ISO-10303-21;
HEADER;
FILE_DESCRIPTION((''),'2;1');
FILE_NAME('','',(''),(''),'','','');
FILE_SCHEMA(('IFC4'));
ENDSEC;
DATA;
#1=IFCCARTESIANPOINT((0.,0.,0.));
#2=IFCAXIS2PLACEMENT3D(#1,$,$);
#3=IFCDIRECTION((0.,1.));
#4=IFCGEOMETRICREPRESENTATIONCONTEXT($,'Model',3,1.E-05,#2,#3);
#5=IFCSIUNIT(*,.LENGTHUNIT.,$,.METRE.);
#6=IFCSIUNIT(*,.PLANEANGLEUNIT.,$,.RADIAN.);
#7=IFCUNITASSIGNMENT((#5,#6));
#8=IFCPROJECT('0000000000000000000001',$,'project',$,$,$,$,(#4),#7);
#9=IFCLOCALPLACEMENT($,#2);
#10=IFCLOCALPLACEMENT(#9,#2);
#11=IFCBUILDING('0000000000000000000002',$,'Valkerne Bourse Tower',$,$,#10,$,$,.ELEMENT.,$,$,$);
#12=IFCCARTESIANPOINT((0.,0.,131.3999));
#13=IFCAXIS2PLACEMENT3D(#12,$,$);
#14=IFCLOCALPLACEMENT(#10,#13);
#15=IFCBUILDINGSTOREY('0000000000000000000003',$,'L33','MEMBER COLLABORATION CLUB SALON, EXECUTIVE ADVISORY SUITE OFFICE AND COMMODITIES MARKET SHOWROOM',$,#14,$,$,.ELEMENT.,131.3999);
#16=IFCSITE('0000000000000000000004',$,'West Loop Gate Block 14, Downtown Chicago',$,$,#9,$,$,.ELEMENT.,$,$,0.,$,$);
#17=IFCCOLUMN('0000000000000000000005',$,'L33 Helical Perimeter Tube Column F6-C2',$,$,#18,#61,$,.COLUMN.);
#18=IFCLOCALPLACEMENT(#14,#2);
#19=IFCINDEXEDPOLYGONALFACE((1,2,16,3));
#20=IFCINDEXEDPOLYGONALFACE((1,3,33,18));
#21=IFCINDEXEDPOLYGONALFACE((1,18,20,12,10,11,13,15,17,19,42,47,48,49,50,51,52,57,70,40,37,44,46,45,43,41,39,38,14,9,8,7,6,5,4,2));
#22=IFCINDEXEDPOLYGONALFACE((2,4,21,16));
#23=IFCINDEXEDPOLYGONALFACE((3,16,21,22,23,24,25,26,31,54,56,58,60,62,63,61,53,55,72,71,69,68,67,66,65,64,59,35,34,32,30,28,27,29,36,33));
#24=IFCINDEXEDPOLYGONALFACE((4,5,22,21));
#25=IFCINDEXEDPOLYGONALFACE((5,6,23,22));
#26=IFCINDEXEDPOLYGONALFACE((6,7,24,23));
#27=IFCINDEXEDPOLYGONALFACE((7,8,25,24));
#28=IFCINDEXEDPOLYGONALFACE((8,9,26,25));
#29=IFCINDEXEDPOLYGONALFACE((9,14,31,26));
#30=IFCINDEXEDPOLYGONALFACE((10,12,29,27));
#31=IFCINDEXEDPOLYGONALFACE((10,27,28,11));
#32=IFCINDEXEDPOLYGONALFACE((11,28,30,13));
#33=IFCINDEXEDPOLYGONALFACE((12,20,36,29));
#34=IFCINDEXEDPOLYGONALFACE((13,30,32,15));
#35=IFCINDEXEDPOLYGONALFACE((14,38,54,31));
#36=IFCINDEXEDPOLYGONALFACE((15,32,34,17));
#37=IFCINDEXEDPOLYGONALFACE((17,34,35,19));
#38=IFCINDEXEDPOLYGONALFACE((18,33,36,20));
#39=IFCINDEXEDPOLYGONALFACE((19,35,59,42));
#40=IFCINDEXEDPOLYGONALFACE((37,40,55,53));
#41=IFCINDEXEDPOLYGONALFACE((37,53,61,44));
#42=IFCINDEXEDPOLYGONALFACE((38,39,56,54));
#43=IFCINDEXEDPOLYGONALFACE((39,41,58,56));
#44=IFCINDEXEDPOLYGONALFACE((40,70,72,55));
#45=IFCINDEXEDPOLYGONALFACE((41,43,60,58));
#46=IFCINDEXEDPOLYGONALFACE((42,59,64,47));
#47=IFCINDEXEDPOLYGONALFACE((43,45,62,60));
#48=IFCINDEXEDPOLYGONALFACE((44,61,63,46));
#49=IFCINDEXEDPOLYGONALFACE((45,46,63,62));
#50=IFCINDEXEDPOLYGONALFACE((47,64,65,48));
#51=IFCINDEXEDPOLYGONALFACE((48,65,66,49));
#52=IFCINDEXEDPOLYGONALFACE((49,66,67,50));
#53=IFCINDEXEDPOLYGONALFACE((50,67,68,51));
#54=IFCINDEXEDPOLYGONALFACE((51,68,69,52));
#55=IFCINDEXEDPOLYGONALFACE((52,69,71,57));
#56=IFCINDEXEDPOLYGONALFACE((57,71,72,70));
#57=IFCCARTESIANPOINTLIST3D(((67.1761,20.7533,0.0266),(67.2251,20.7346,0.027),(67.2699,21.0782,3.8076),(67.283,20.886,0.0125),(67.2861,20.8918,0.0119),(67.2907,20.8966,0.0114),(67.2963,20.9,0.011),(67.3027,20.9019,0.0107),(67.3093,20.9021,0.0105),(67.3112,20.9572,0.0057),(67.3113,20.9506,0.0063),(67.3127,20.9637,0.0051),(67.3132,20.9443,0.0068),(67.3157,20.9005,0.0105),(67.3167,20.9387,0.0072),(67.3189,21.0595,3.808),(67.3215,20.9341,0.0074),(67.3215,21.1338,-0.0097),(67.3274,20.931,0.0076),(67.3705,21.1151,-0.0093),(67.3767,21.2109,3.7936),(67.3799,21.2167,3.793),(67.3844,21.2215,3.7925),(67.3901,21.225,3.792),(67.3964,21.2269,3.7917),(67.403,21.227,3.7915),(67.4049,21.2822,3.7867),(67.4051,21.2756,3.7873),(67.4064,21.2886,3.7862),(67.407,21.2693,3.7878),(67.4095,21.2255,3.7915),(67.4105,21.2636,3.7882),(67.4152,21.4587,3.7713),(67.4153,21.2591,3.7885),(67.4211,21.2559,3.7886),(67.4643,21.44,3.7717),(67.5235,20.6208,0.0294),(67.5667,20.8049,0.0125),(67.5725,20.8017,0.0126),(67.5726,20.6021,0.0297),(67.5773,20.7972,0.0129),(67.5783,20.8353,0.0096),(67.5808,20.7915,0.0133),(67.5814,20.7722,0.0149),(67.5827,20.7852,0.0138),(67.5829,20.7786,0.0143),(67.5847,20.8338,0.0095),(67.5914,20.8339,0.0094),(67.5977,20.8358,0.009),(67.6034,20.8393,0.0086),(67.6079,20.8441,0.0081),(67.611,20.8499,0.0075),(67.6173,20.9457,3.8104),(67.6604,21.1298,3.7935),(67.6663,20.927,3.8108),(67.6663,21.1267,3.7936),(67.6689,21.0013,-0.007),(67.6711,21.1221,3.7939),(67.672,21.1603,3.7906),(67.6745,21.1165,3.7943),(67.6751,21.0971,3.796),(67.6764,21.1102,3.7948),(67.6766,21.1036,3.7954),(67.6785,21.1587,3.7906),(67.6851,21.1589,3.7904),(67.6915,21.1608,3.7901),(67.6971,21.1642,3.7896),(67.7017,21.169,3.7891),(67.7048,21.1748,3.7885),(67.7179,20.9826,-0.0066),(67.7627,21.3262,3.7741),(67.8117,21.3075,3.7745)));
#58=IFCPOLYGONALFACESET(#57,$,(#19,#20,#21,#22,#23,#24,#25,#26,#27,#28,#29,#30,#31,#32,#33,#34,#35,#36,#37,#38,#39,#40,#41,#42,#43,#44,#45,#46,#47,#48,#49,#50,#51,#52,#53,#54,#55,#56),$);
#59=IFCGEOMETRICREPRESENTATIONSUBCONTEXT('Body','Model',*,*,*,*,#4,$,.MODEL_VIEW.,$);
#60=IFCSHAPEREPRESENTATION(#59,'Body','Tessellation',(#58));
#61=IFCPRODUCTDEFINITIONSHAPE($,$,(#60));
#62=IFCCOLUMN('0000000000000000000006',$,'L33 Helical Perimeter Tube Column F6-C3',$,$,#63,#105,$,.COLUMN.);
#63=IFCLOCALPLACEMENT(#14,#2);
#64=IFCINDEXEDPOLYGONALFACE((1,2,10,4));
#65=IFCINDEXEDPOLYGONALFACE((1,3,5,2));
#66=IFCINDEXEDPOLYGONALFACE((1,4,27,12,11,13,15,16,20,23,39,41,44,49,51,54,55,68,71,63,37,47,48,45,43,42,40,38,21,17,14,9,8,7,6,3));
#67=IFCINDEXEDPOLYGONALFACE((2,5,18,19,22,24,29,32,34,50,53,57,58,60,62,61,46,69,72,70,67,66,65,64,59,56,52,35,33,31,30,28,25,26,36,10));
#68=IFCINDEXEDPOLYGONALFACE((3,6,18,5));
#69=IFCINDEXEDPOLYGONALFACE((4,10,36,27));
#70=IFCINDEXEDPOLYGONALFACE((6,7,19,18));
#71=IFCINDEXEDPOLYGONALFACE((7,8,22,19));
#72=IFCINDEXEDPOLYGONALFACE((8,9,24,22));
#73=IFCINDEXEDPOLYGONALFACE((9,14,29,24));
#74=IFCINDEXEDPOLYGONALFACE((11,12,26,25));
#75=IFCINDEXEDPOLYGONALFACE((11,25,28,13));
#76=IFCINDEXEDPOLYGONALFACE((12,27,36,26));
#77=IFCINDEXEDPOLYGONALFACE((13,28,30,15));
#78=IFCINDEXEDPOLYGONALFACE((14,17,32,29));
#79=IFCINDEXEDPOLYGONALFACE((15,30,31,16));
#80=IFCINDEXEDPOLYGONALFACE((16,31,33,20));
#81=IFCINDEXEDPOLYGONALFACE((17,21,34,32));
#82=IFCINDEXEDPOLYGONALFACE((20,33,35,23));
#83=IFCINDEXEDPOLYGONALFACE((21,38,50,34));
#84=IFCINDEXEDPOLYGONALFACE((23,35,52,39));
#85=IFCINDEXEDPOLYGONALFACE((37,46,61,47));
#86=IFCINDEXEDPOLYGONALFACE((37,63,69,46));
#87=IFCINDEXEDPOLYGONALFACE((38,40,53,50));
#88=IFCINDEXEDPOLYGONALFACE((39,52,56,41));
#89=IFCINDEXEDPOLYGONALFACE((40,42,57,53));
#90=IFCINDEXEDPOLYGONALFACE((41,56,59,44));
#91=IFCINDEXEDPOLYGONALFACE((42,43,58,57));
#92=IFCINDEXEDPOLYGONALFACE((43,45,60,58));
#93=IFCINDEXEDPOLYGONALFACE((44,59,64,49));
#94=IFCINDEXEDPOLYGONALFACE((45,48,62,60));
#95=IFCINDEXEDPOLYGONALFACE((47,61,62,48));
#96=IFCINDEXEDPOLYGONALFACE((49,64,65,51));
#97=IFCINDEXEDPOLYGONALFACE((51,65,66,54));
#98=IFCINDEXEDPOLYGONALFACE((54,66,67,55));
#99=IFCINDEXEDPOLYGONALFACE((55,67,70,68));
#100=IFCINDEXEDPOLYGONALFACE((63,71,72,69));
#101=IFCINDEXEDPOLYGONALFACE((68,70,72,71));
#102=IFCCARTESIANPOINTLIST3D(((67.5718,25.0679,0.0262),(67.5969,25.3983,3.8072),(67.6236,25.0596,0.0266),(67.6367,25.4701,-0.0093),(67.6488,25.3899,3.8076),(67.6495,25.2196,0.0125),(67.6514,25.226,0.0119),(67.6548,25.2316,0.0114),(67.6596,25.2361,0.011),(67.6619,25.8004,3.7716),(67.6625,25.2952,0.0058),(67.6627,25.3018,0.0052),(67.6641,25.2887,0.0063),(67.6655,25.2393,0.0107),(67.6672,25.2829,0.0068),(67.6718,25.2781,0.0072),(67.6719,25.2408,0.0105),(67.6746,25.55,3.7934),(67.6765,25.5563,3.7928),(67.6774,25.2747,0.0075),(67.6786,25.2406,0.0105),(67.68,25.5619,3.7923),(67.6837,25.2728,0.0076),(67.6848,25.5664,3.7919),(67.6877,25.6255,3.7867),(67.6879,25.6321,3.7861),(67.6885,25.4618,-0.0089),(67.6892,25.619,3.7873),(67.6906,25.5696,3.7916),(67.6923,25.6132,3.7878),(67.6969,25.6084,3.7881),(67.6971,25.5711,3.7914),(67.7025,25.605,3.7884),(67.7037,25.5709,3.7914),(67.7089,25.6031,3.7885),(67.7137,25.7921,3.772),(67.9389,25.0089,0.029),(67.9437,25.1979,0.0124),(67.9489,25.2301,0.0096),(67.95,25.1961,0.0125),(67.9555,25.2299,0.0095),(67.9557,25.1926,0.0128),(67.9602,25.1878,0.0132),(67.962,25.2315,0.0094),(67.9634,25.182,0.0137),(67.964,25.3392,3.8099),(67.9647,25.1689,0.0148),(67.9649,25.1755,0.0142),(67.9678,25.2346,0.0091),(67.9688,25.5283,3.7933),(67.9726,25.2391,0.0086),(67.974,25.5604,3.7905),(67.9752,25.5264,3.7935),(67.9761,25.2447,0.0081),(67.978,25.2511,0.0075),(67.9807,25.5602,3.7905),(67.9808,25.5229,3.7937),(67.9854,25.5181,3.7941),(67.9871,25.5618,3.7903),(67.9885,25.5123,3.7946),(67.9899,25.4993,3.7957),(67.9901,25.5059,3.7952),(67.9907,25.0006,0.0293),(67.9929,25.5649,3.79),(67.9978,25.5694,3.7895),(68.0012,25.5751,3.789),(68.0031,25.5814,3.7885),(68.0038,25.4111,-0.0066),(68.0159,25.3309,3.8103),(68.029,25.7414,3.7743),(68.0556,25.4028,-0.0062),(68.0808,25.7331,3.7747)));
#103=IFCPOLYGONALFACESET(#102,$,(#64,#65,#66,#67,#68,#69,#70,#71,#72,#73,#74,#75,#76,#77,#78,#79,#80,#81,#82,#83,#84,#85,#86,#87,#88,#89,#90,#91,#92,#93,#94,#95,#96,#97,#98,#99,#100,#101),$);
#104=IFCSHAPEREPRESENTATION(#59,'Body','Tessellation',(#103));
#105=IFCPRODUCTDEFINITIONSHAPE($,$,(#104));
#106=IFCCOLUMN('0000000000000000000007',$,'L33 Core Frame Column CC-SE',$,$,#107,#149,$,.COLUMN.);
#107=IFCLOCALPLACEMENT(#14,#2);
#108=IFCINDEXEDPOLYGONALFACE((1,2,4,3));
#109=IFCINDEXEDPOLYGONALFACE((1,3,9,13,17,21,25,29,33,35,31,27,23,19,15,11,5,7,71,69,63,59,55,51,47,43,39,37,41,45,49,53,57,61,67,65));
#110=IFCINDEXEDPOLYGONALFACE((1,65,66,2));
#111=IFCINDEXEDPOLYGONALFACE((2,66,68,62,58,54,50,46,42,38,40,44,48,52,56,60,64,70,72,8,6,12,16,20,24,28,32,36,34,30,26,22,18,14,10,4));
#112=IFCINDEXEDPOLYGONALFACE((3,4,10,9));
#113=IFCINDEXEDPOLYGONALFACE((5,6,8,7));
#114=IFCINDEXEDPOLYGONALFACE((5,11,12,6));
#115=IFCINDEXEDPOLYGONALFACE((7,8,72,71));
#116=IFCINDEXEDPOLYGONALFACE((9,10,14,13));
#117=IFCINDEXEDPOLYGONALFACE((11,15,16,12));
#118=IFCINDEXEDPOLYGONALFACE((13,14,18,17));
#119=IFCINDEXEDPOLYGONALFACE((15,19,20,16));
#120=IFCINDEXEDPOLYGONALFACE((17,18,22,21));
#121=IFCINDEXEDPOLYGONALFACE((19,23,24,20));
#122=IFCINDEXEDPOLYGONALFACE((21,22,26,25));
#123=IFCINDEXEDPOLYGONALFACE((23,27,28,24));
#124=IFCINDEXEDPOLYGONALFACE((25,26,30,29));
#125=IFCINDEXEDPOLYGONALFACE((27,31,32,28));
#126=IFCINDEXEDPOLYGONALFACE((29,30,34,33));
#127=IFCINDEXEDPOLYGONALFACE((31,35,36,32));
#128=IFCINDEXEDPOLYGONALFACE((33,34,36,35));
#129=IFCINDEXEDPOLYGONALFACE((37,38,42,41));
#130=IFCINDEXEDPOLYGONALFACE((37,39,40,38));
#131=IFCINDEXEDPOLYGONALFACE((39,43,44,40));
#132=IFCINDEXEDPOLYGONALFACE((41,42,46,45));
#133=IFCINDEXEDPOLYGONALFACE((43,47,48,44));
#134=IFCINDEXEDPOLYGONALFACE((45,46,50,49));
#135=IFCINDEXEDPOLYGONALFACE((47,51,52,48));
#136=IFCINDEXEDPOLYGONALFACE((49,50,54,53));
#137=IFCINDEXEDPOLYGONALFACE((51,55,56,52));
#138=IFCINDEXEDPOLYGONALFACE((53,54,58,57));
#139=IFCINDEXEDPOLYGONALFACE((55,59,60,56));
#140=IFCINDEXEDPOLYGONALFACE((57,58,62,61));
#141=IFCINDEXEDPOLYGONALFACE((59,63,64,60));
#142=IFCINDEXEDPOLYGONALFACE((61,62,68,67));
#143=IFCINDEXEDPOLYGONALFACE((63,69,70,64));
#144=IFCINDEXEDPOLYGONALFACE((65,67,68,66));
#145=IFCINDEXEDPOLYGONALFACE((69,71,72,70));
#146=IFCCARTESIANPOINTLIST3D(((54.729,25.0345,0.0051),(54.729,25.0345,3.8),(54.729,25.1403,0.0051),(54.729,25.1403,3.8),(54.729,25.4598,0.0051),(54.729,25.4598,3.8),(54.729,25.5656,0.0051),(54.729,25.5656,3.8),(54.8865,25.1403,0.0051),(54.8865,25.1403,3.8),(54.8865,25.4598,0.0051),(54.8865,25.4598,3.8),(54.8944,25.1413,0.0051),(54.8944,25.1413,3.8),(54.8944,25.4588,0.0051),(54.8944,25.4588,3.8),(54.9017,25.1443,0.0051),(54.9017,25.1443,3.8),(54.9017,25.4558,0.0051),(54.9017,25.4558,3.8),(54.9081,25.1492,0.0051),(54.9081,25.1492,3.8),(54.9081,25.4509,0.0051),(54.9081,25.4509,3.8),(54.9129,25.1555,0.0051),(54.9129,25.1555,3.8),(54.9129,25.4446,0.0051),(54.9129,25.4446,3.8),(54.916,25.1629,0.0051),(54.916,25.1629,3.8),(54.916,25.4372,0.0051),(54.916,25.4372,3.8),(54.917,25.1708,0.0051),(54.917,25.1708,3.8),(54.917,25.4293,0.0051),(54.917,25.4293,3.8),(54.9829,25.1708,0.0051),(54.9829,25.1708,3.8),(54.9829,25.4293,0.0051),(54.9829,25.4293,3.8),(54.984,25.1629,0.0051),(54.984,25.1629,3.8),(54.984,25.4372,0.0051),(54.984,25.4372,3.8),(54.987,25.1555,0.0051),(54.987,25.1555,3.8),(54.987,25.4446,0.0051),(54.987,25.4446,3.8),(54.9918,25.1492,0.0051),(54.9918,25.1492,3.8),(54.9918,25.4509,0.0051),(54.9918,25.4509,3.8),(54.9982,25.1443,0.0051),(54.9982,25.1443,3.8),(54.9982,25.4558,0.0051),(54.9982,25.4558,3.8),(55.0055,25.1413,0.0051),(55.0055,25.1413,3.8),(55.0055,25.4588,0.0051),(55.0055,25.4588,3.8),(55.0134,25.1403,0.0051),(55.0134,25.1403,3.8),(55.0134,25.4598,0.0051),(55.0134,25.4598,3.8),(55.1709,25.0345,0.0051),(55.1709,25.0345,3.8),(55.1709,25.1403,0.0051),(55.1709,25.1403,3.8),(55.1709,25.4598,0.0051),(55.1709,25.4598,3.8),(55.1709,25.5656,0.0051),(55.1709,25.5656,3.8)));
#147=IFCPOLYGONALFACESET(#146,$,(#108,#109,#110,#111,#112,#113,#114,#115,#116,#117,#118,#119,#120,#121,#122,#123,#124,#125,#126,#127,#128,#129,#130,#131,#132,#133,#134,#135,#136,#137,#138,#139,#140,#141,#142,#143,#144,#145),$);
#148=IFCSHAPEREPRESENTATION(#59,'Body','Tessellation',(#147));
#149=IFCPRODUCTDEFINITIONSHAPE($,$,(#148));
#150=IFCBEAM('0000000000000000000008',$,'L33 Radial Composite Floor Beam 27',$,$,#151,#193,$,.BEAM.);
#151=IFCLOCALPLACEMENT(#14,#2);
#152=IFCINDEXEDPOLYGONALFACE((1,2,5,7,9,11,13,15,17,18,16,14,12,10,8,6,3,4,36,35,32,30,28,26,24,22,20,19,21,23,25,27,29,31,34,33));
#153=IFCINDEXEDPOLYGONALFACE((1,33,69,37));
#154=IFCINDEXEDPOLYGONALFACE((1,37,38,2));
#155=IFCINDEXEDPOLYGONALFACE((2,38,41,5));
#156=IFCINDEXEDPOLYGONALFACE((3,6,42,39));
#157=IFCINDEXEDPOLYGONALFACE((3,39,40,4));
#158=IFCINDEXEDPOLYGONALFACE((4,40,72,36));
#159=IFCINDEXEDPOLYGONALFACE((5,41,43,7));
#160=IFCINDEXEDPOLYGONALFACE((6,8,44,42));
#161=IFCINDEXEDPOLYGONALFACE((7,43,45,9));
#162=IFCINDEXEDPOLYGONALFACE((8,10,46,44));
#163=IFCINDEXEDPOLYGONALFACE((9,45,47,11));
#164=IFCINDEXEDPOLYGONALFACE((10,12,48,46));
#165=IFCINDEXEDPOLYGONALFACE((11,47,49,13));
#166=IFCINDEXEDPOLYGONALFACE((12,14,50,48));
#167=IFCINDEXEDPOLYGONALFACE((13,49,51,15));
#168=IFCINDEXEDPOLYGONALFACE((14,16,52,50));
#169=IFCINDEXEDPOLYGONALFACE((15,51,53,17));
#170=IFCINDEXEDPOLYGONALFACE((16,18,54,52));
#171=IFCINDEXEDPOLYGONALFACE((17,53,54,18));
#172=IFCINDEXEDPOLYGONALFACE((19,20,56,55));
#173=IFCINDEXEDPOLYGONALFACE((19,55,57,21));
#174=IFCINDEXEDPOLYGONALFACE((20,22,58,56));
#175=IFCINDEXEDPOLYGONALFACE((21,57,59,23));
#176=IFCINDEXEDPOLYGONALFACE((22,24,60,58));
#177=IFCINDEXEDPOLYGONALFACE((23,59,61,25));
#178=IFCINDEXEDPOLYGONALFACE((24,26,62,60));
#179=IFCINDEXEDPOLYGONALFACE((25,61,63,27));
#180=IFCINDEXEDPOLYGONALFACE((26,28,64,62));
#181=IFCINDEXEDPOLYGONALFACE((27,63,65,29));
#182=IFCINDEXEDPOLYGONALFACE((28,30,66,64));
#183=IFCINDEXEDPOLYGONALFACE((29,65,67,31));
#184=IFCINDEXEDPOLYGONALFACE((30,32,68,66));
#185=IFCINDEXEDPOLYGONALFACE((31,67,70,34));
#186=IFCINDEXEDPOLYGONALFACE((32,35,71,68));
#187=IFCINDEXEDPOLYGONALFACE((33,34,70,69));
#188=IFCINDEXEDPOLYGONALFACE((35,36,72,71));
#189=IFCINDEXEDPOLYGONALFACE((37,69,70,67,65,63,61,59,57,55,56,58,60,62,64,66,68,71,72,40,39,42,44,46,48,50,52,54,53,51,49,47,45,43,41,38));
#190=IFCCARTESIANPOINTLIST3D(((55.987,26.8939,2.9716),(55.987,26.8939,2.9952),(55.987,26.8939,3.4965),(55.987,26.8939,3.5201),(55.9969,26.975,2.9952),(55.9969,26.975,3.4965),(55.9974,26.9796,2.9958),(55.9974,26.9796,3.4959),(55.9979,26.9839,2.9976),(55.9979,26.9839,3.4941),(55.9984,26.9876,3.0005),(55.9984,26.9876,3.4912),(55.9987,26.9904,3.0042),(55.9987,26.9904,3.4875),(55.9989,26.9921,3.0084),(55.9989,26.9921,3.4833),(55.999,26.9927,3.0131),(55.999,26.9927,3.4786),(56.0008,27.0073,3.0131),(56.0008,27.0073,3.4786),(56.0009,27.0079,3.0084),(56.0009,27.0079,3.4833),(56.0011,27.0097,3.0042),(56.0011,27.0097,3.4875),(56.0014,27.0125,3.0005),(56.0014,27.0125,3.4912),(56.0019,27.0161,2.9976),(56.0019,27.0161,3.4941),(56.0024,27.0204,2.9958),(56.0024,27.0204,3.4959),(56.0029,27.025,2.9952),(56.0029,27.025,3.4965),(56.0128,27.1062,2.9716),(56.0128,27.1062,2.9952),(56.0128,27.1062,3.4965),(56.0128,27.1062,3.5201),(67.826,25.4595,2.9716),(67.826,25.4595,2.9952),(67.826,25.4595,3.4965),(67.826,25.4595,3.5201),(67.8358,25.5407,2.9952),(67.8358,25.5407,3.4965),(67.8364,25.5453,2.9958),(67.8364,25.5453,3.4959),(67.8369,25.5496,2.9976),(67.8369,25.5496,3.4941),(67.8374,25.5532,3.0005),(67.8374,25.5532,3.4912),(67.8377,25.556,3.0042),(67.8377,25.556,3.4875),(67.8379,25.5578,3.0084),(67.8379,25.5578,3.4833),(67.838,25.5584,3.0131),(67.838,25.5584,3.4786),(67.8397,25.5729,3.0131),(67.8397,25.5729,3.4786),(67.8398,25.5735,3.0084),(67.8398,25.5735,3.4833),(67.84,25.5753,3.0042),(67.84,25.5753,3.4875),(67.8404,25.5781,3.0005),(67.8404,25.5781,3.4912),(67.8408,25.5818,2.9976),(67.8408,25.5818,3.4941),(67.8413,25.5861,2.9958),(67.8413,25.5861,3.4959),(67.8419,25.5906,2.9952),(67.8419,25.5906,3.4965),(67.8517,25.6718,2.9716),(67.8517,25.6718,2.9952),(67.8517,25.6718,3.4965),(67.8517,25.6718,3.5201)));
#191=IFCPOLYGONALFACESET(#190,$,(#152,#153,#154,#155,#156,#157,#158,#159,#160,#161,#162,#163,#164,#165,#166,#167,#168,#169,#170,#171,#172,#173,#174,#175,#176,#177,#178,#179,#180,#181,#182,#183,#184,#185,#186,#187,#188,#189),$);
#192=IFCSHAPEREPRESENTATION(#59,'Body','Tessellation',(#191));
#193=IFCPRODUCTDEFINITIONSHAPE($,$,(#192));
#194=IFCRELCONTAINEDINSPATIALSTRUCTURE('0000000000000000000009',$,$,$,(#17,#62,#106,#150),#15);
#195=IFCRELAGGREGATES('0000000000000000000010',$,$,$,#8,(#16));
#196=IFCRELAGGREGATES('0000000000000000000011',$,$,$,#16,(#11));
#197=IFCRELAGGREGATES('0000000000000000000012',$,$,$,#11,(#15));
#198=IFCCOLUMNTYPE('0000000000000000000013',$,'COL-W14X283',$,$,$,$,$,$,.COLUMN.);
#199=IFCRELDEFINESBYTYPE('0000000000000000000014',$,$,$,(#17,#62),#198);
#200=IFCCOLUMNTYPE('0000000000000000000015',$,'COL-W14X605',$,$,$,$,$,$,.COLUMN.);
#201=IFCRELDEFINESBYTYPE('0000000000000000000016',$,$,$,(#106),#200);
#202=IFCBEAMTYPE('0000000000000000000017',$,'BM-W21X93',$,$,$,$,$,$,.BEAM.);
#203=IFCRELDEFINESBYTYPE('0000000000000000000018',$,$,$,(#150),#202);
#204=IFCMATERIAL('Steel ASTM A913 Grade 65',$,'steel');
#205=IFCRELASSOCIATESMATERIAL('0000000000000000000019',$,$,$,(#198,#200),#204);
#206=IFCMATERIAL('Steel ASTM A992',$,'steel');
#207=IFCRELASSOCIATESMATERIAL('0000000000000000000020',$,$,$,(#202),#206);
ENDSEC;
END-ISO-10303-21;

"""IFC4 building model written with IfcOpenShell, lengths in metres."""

from ifc_helpers import new_model, si_unit, direction, frame, origin, origin_2d, place, context, subcontext, project, spatial, i_section, extrude, material, material_profile, profile_set, type_object, element, save


model = new_model("IFC4")

# Units and contexts
model_context = context("Model", 3, precision=1e-05, world=origin(), true_north=direction((0.0, 1.0)))
body_context = subcontext(model_context, "Body", "Model", "MODEL_VIEW")
ifc_project = project(units=[si_unit("LENGTHUNIT", "METRE"), si_unit("PLANEANGLEUNIT", "RADIAN")], contexts=[model_context])

# Site, building, storey
site_placement = place(None, origin())
site = spatial("IfcSite", under=ifc_project, at=site_placement, Name="West Loop Gate Block 14, Downtown Chicago", CompositionType="ELEMENT", RefElevation=0.0)
building_placement = place(site_placement, origin())
building = spatial("IfcBuilding", under=site, at=building_placement, Name="Valkerne Bourse Tower", CompositionType="ELEMENT")
storey_placement = place(building_placement, frame((0.0, 0.0, 131.3999)))
storey = spatial("IfcBuildingStorey", under=building, at=storey_placement, Name="L33", Description="MEMBER COLLABORATION CLUB SALON, EXECUTIVE ADVISORY SUITE OFFICE AND COMMODITIES MARKET SHOWROOM", CompositionType="ELEMENT", Elevation=131.3999)

# Columns
ifc_material_1 = material(Name="Steel ASTM A913 Grade 65", Category="steel")
ifc_material_profile_1 = material_profile(ifc_material_1, i_section(OverallWidth=0.4089, OverallDepth=0.4243, WebThickness=0.0327, FlangeThickness=0.0525, FilletRadius=0.0254, at=origin_2d()), Name="W14X283")
ifc_profile_set_1 = profile_set([ifc_material_profile_1], Name="Steel ASTM A913 Grade 65")
column_type_1 = type_object("IfcColumnType", Name="COL-W14X283", PredefinedType="COLUMN", material=ifc_profile_set_1)
column_1_placement = place(storey_placement, frame((67.447, 20.8679, 0.01), z_axis=(0.024696, 0.085601, 0.996023), x_axis=(-0.355527, -0.93044, 0.08878)))
element("IfcColumn", 1, at=column_1_placement, inside=storey, type_object=column_type_1, Name="L33 Helical Perimeter Tube Column F6-C2", PredefinedType="COLUMN", context=body_context, shape_type="SweptSolid", body=[
    extrude(i_section(OverallWidth=0.4089, OverallDepth=0.4243, WebThickness=0.0327, FlangeThickness=0.0525, FilletRadius=0.0254, at=origin_2d()), origin(), (0.0, 0.0, 1.0), 3.7961),
])
column_2_placement = place(storey_placement, frame((67.8137, 25.2354, 0.01), z_axis=(0.006625, 0.08703, 0.996184), x_axis=(-0.158789, -0.983474, 0.086976)))
element("IfcColumn", 2, at=column_2_placement, inside=storey, type_object=column_type_1, Name="L33 Helical Perimeter Tube Column F6-C3", PredefinedType="COLUMN", context=body_context, shape_type="SweptSolid", body=[
    extrude(i_section(OverallWidth=0.4089, OverallDepth=0.4243, WebThickness=0.0327, FlangeThickness=0.0525, FilletRadius=0.0254, at=origin_2d()), origin(), (0.0, 0.0, 1.0), 3.7954),
])
ifc_material_profile_2 = material_profile(ifc_material_1, i_section(OverallWidth=0.4419, OverallDepth=0.531, WebThickness=0.0659, FlangeThickness=0.1057, FilletRadius=0.0305, at=origin_2d()), Name="W14X605")
ifc_profile_set_2 = profile_set([ifc_material_profile_2], Name="Steel ASTM A913 Grade 65")
column_type_2 = type_object("IfcColumnType", Name="COL-W14X605", PredefinedType="COLUMN", material=ifc_profile_set_2)
column_3_placement = place(storey_placement, frame((54.95, 25.3, 0.0051), z_axis=(0.0, 0.0, 1.0), x_axis=(1.0, 0.0, 0.0)))
element("IfcColumn", 3, at=column_3_placement, inside=storey, type_object=column_type_2, Name="L33 Core Frame Column CC-SE", PredefinedType="COLUMN", context=body_context, shape_type="SweptSolid", body=[
    extrude(i_section(OverallWidth=0.4419, OverallDepth=0.531, WebThickness=0.0659, FlangeThickness=0.1057, FilletRadius=0.0305, at=origin_2d()), origin(), (0.0, 0.0, 1.0), 3.7949),
])

# Beam
ifc_material_2 = material(Name="Steel ASTM A992", Category="steel")
ifc_material_profile_3 = material_profile(ifc_material_2, i_section(OverallWidth=0.2139, OverallDepth=0.5486, WebThickness=0.0146, FlangeThickness=0.0237, FilletRadius=0.0178, at=origin_2d()), Name="W21X93")
ifc_profile_set_3 = profile_set([ifc_material_profile_3], Name="Steel ASTM A992")
beam_type_1 = type_object("IfcBeamType", Name="BM-W21X93", PredefinedType="BEAM", material=ifc_profile_set_3)
beam_1_placement = place(storey_placement, frame((67.8389, 25.5657, 3.2458), z_axis=(-0.992741, 0.120275, 0.0), x_axis=(-0.120275, -0.992741, 0.0)))
element("IfcBeam", 4, at=beam_1_placement, inside=storey, type_object=beam_type_1, Name="L33 Radial Composite Floor Beam 27", PredefinedType="BEAM", context=body_context, shape_type="SweptSolid", body=[
    extrude(i_section(OverallWidth=0.2139, OverallDepth=0.5486, WebThickness=0.0146, FlangeThickness=0.0237, FilletRadius=0.0178, at=origin_2d()), origin(), (0.0, 0.0, 1.0), 11.9255),
])

save(model, "model.ifc")
